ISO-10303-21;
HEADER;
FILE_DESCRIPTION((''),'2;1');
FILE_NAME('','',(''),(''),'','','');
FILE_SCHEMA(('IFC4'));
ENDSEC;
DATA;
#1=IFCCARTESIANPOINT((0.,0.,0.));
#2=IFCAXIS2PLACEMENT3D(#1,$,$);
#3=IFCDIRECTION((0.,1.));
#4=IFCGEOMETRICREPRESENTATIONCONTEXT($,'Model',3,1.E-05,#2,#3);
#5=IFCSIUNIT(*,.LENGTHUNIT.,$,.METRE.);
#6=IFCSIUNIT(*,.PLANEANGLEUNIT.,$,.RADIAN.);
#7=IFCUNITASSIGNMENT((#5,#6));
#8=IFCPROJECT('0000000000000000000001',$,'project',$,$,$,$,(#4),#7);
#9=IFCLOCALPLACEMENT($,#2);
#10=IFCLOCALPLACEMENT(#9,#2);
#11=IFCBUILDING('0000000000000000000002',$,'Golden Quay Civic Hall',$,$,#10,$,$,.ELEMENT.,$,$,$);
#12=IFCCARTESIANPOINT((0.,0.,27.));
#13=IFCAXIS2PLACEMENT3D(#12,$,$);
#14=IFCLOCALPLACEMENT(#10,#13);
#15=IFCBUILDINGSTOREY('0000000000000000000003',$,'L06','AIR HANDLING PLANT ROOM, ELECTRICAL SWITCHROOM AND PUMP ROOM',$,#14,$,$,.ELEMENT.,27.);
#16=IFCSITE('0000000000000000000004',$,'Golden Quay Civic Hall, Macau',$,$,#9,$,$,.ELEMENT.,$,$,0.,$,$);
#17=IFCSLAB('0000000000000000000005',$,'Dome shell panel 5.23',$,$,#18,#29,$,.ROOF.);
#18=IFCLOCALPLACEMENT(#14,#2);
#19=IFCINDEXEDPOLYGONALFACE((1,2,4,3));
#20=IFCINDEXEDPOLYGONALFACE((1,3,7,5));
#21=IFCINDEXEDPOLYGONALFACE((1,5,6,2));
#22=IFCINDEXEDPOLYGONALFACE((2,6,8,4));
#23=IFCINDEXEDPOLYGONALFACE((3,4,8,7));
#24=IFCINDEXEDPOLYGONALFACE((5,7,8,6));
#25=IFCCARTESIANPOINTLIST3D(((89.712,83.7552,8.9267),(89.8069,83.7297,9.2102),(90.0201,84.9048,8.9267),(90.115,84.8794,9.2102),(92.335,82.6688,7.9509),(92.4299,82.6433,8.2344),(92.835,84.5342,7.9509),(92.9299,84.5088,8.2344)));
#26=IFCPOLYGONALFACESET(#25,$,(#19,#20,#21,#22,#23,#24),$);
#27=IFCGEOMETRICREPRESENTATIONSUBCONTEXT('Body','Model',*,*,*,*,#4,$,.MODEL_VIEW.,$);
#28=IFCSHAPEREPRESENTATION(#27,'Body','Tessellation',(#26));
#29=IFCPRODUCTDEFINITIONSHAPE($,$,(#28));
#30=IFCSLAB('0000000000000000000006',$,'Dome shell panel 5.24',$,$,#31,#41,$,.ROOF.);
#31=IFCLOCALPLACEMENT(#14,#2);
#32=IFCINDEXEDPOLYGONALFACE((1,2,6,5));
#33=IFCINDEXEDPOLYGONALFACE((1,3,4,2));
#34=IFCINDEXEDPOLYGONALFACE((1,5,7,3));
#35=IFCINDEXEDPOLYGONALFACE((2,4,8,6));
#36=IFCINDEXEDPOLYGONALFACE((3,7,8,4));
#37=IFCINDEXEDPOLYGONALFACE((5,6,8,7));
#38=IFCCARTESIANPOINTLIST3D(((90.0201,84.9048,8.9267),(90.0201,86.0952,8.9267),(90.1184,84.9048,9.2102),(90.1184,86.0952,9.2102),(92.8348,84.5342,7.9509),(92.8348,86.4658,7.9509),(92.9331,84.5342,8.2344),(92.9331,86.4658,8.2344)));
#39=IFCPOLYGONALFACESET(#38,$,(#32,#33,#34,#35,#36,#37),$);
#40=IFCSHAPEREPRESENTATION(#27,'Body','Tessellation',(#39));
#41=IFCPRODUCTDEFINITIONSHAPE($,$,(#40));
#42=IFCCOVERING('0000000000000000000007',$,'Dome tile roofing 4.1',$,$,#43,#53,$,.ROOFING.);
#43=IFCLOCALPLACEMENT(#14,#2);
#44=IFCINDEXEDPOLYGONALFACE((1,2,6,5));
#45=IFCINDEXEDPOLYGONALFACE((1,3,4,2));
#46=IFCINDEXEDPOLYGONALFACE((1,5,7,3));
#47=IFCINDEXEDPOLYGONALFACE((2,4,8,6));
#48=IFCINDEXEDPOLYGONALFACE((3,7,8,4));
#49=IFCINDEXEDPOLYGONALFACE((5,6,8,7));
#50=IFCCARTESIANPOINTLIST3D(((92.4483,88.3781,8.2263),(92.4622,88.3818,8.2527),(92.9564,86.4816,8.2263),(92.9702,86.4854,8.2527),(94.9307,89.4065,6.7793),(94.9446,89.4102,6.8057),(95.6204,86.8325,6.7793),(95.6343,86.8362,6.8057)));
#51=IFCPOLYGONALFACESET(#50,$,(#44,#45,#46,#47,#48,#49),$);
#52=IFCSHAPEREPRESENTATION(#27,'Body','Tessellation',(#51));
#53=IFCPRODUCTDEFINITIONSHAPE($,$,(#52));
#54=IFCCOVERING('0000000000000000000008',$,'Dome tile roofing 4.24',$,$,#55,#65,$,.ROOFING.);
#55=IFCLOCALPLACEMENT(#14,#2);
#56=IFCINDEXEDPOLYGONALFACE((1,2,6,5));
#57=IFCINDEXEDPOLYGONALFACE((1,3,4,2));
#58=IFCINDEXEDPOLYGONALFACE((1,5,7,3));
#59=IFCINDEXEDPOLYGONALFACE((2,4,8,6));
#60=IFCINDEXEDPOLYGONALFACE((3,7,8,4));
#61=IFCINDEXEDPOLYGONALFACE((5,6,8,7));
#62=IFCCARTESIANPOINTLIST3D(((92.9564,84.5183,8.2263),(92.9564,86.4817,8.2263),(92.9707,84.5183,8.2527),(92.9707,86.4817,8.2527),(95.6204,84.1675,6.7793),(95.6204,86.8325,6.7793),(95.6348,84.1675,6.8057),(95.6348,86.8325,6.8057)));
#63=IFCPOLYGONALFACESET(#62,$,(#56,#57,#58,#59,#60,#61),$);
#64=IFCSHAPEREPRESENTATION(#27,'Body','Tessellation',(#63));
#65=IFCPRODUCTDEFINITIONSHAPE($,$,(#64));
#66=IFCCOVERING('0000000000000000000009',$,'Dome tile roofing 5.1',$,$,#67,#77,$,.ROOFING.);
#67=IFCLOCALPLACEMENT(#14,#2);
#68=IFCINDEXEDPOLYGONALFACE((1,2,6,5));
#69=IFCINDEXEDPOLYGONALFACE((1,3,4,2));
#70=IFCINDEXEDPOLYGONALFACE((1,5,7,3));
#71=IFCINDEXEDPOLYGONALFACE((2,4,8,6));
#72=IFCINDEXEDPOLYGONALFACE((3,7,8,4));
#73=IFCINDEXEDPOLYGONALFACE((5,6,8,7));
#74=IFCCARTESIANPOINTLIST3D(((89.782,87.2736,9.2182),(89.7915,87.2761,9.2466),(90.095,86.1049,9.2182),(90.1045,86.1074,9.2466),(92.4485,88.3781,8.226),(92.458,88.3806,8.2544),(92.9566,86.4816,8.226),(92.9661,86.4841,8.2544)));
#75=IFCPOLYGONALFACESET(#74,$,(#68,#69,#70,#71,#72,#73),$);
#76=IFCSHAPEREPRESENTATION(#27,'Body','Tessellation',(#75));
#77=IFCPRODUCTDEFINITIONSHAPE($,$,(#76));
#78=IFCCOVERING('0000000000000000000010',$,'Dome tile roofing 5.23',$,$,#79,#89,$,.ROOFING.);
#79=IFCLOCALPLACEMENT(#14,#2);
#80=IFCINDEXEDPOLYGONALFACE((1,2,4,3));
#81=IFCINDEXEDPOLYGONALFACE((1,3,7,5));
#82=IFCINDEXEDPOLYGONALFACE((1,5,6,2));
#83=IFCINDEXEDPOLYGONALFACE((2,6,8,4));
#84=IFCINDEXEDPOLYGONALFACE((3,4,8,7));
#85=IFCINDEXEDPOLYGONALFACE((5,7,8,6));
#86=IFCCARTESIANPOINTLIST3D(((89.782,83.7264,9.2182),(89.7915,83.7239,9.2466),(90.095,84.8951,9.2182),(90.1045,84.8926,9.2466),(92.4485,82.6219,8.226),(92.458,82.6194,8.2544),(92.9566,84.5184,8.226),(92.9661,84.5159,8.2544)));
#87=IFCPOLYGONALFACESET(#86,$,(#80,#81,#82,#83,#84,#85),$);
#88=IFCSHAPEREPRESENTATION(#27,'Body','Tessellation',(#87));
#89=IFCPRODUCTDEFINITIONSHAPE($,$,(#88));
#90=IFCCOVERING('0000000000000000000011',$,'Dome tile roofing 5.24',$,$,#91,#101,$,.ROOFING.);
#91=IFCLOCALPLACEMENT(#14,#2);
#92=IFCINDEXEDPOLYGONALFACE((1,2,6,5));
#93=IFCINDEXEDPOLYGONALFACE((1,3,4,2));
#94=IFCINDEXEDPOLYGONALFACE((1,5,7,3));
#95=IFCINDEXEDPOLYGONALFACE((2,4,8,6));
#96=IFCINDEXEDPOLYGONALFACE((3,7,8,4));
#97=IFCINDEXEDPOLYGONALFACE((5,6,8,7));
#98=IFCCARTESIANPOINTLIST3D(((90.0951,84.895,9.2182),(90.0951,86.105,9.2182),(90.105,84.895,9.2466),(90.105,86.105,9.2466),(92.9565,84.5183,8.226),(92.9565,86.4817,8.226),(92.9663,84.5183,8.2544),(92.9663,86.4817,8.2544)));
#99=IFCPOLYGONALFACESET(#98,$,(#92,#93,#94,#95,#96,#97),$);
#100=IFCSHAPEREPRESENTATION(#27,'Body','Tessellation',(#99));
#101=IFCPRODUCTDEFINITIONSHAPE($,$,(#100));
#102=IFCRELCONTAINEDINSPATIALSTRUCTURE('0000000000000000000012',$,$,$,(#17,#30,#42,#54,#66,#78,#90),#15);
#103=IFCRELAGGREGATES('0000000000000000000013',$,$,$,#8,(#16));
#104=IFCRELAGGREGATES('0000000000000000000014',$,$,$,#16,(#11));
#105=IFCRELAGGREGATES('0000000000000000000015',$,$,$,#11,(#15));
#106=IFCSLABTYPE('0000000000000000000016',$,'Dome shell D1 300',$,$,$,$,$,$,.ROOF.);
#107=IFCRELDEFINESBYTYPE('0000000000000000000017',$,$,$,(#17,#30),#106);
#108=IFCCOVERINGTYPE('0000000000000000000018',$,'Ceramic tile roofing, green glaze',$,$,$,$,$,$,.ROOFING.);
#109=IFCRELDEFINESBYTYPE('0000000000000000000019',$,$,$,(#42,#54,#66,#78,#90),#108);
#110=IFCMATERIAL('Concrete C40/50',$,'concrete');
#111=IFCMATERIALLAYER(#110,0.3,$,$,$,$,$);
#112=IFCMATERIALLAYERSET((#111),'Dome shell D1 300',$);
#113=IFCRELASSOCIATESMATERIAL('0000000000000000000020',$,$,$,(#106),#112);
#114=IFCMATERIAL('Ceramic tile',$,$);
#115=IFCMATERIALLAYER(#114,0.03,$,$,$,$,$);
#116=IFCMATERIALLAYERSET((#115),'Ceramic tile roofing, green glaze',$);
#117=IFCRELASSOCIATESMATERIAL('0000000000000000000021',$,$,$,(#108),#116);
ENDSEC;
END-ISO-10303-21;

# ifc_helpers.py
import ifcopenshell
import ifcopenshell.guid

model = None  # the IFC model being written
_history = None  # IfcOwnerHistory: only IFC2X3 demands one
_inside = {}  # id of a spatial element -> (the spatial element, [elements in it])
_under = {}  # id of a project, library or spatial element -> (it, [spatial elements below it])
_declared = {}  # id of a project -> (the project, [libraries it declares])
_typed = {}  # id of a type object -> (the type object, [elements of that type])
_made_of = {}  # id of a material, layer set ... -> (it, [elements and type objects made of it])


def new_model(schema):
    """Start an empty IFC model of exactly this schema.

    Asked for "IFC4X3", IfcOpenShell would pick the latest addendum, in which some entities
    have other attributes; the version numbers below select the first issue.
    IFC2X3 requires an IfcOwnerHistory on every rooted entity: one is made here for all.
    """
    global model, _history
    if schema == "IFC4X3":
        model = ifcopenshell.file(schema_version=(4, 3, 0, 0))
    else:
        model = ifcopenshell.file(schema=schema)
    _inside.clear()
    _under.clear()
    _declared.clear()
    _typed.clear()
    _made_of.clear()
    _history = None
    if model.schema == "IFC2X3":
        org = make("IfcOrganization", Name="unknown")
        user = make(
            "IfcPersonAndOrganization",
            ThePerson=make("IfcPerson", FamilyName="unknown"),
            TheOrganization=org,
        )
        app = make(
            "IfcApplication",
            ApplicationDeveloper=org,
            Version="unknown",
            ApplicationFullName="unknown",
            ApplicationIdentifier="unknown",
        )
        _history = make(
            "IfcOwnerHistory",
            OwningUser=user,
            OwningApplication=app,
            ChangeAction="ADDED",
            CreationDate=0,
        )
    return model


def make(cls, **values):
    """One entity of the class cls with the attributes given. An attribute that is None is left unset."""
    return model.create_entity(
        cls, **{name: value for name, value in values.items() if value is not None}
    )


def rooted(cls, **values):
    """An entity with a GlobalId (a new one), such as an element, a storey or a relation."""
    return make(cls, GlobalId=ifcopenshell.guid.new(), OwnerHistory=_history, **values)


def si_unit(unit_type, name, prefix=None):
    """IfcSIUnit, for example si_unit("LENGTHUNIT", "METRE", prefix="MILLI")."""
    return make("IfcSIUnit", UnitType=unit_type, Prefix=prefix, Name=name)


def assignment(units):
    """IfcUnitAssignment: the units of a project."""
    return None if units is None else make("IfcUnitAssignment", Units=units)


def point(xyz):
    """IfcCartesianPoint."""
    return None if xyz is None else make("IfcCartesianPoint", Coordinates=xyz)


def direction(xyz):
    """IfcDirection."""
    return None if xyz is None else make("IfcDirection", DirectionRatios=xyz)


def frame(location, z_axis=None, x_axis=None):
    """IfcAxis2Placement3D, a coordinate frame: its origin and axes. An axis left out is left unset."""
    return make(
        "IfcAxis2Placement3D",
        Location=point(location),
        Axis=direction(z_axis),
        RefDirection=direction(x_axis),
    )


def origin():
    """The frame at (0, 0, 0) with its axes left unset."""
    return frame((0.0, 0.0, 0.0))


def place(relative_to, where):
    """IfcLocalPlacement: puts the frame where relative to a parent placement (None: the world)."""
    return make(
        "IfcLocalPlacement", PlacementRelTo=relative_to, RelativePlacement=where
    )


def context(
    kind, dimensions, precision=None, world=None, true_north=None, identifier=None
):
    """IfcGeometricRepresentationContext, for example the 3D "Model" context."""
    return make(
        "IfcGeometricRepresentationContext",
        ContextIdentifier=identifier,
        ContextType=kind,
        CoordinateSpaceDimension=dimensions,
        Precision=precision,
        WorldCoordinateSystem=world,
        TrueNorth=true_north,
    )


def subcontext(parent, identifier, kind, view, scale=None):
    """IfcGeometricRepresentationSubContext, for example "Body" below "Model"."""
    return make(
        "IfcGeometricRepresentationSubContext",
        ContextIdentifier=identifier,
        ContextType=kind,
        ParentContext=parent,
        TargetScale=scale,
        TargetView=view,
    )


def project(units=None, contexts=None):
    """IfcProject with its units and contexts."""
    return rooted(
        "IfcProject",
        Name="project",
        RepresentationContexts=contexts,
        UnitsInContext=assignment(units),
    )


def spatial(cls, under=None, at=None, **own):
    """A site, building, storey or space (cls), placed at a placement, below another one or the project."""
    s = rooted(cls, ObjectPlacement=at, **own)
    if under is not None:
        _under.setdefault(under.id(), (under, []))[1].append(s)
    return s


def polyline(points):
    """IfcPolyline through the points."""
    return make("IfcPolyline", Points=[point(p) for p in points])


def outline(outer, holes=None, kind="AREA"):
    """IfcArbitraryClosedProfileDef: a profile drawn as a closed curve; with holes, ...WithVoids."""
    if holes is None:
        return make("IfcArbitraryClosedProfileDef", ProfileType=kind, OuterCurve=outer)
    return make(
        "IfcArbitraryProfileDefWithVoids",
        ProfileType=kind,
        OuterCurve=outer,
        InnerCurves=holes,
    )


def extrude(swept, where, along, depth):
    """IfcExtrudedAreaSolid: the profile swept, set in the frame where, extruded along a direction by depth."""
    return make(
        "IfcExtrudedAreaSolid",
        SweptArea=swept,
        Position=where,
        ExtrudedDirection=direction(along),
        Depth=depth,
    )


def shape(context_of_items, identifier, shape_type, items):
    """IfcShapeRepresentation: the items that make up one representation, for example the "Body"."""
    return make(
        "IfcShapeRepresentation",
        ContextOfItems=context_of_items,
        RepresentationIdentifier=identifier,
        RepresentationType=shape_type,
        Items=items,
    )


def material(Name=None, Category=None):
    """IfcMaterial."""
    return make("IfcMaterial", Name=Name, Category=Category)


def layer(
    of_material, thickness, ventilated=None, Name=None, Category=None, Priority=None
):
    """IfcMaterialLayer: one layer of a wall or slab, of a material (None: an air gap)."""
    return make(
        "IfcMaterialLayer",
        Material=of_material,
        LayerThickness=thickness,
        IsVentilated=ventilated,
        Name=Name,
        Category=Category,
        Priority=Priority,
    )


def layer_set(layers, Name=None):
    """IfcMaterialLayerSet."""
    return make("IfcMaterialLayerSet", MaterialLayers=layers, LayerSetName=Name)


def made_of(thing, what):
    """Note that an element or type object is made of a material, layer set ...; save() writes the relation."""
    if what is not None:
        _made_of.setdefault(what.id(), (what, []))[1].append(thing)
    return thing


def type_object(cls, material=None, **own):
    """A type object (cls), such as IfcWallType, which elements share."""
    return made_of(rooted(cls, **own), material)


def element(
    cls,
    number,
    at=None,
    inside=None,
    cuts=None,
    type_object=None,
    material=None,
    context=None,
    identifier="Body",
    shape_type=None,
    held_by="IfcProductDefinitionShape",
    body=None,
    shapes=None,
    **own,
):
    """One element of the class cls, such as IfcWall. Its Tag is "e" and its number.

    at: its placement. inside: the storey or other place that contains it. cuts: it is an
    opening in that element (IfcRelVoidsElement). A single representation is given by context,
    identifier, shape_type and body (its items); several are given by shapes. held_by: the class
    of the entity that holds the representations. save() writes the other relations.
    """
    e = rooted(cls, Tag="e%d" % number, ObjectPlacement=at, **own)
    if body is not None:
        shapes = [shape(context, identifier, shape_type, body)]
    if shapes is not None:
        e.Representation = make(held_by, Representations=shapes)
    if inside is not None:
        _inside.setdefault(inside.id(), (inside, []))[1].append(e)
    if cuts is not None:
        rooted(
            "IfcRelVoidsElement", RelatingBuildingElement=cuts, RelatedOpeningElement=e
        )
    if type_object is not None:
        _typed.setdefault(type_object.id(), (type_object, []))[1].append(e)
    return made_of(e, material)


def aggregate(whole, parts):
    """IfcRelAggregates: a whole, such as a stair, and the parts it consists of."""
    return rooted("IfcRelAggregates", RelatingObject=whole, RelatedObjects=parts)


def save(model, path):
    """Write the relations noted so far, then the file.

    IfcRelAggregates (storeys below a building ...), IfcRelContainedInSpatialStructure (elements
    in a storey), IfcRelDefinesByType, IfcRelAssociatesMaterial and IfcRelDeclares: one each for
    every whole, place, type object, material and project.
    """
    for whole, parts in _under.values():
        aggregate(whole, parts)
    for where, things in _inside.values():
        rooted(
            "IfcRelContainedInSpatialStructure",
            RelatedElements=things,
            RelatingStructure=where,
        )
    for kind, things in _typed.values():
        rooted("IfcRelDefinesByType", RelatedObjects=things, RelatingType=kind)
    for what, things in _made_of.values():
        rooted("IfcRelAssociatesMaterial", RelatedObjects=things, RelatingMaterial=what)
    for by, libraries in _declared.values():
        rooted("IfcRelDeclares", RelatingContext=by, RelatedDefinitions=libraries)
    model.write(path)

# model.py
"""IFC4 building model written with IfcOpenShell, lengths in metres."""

from ifc_helpers import new_model, si_unit, direction, frame, origin, place, context, subcontext, project, spatial, polyline, outline, extrude, material, layer, layer_set, type_object, element, save


model = new_model("IFC4")

# Units and contexts
model_context = context("Model", 3, precision=1e-05, world=origin(), true_north=direction((0.0, 1.0)))
body_context = subcontext(model_context, "Body", "Model", "MODEL_VIEW")
ifc_project = project(units=[si_unit("LENGTHUNIT", "METRE"), si_unit("PLANEANGLEUNIT", "RADIAN")], contexts=[model_context])

# Site, building, storey
site_placement = place(None, origin())
site = spatial("IfcSite", under=ifc_project, at=site_placement, Name="Golden Quay Civic Hall, Macau", CompositionType="ELEMENT", RefElevation=0.0)
building_placement = place(site_placement, origin())
building = spatial("IfcBuilding", under=site, at=building_placement, Name="Golden Quay Civic Hall", CompositionType="ELEMENT")
storey_placement = place(building_placement, frame((0.0, 0.0, 27.0)))
storey = spatial("IfcBuildingStorey", under=building, at=storey_placement, Name="L06", Description="AIR HANDLING PLANT ROOM, ELECTRICAL SWITCHROOM AND PUMP ROOM", CompositionType="ELEMENT", Elevation=27.0)

# Slabs
ifc_material_1 = material(Name="Concrete C40/50", Category="concrete")
ifc_layer_1 = layer(ifc_material_1, 0.3)
ifc_layer_set_1 = layer_set([ifc_layer_1], Name="Dome shell D1 300")
slab_type = type_object("IfcSlabType", Name="Dome shell D1 300", PredefinedType="ROOF", material=ifc_layer_set_1)
slab_1_placement = place(storey_placement, frame((92.4299, 82.6433, 8.2344), z_axis=(0.316377, -0.084794, 0.944836), x_axis=(0.258889, 0.965907, -0.000003)))
element("IfcSlab", 1, at=slab_1_placement, inside=storey, type_object=slab_type, Name="Dome shell panel 5.23", PredefinedType="ROOF", context=body_context, shape_type="SweptSolid", body=[
    extrude(outline(polyline([(0.0, 0.0), (1.9313, 0.0), (1.5605, 2.9793), (0.3703, 2.9792), (0.0, 0.0)])), origin(), (0.0, 0.0, -1.0), 0.3),
])
slab_2_placement = place(storey_placement, frame((92.9331, 84.5342, 8.2344), z_axis=(0.327564, 0.0, 0.944829), x_axis=(0.0, 1.0, 0.0)))
element("IfcSlab", 2, at=slab_2_placement, inside=storey, type_object=slab_type, Name="Dome shell panel 5.24", PredefinedType="ROOF", context=body_context, shape_type="SweptSolid", body=[
    extrude(outline(polyline([(0.0, 0.0), (1.9316, 0.0), (1.561, 2.9791), (0.3706, 2.9791), (0.0, 0.0)])), origin(), (0.0, 0.0, -1.0), 0.3),
])

# Coverings
ifc_material_2 = material(Name="Ceramic tile")
ifc_layer_2 = layer(ifc_material_2, 0.03)
ifc_layer_set_2 = layer_set([ifc_layer_2], Name="Ceramic tile roofing, green glaze")
covering_type = type_object("IfcCoveringType", Name="Ceramic tile roofing, green glaze", PredefinedType="ROOFING", material=ifc_layer_set_2)
covering_1_placement = place(storey_placement, frame((95.6343, 86.8362, 6.8057), z_axis=(0.461042, 0.123525, 0.878739), x_axis=(-0.258815, 0.965927, 0.000009)))
element("IfcCovering", 3, at=covering_1_placement, inside=storey, type_object=covering_type, Name="Dome tile roofing 4.1", PredefinedType="ROOFING", context=body_context, shape_type="SweptSolid", body=[
    extrude(outline(polyline([(0.0, 0.0), (2.6648, 0.0), (2.314, 3.0316), (0.3506, 3.0317), (0.0, 0.0)])), origin(), (0.0, 0.0, -1.0), 0.03),
])
covering_2_placement = place(storey_placement, frame((95.6348, 84.1675, 6.8057), z_axis=(0.4773, 0.0, 0.878741), x_axis=(0.0, 1.0, 0.0)))
element("IfcCovering", 4, at=covering_2_placement, inside=storey, type_object=covering_type, Name="Dome tile roofing 4.24", PredefinedType="ROOFING", context=body_context, shape_type="SweptSolid", body=[
    extrude(outline(polyline([(0.0, 0.0), (2.665, 0.0), (2.3142, 3.0317), (0.3508, 3.0317), (0.0, 0.0)])), origin(), (0.0, 0.0, -1.0), 0.03),
])
covering_3_placement = place(storey_placement, frame((92.9661, 86.4841, 8.2544), z_axis=(0.316443, 0.084763, 0.944817), x_axis=(-0.258766, 0.96594, 0.000009)))
element("IfcCovering", 5, at=covering_3_placement, inside=storey, type_object=covering_type, Name="Dome tile roofing 5.1", PredefinedType="ROOFING", context=body_context, shape_type="SweptSolid", body=[
    extrude(outline(polyline([(0.0, 0.0), (1.9634, 0.0), (1.5865, 3.0286), (0.3766, 3.0287), (0.0, 0.0)])), origin(), (0.0, 0.0, -1.0), 0.03),
])
covering_4_placement = place(storey_placement, frame((92.458, 82.6194, 8.2544), z_axis=(0.316443, -0.084763, 0.944817), x_axis=(0.258766, 0.96594, -0.000009)))
element("IfcCovering", 6, at=covering_4_placement, inside=storey, type_object=covering_type, Name="Dome tile roofing 5.23", PredefinedType="ROOFING", context=body_context, shape_type="SweptSolid", body=[
    extrude(outline(polyline([(0.0, 0.0), (1.9634, 0.0), (1.5867, 3.0287), (0.3769, 3.0286), (0.0, 0.0)])), origin(), (0.0, 0.0, -1.0), 0.03),
])
covering_5_placement = place(storey_placement, frame((92.9663, 84.5183, 8.2544), z_axis=(0.32762, 0.0, 0.94481), x_axis=(0.0, 1.0, 0.0)))
element("IfcCovering", 7, at=covering_5_placement, inside=storey, type_object=covering_type, Name="Dome tile roofing 5.24", PredefinedType="ROOFING", context=body_context, shape_type="SweptSolid", body=[
    extrude(outline(polyline([(0.0, 0.0), (1.9634, 0.0), (1.5867, 3.0285), (0.3767, 3.0285), (0.0, 0.0)])), origin(), (0.0, 0.0, -1.0), 0.03),
])

save(model, "model.ifc")
